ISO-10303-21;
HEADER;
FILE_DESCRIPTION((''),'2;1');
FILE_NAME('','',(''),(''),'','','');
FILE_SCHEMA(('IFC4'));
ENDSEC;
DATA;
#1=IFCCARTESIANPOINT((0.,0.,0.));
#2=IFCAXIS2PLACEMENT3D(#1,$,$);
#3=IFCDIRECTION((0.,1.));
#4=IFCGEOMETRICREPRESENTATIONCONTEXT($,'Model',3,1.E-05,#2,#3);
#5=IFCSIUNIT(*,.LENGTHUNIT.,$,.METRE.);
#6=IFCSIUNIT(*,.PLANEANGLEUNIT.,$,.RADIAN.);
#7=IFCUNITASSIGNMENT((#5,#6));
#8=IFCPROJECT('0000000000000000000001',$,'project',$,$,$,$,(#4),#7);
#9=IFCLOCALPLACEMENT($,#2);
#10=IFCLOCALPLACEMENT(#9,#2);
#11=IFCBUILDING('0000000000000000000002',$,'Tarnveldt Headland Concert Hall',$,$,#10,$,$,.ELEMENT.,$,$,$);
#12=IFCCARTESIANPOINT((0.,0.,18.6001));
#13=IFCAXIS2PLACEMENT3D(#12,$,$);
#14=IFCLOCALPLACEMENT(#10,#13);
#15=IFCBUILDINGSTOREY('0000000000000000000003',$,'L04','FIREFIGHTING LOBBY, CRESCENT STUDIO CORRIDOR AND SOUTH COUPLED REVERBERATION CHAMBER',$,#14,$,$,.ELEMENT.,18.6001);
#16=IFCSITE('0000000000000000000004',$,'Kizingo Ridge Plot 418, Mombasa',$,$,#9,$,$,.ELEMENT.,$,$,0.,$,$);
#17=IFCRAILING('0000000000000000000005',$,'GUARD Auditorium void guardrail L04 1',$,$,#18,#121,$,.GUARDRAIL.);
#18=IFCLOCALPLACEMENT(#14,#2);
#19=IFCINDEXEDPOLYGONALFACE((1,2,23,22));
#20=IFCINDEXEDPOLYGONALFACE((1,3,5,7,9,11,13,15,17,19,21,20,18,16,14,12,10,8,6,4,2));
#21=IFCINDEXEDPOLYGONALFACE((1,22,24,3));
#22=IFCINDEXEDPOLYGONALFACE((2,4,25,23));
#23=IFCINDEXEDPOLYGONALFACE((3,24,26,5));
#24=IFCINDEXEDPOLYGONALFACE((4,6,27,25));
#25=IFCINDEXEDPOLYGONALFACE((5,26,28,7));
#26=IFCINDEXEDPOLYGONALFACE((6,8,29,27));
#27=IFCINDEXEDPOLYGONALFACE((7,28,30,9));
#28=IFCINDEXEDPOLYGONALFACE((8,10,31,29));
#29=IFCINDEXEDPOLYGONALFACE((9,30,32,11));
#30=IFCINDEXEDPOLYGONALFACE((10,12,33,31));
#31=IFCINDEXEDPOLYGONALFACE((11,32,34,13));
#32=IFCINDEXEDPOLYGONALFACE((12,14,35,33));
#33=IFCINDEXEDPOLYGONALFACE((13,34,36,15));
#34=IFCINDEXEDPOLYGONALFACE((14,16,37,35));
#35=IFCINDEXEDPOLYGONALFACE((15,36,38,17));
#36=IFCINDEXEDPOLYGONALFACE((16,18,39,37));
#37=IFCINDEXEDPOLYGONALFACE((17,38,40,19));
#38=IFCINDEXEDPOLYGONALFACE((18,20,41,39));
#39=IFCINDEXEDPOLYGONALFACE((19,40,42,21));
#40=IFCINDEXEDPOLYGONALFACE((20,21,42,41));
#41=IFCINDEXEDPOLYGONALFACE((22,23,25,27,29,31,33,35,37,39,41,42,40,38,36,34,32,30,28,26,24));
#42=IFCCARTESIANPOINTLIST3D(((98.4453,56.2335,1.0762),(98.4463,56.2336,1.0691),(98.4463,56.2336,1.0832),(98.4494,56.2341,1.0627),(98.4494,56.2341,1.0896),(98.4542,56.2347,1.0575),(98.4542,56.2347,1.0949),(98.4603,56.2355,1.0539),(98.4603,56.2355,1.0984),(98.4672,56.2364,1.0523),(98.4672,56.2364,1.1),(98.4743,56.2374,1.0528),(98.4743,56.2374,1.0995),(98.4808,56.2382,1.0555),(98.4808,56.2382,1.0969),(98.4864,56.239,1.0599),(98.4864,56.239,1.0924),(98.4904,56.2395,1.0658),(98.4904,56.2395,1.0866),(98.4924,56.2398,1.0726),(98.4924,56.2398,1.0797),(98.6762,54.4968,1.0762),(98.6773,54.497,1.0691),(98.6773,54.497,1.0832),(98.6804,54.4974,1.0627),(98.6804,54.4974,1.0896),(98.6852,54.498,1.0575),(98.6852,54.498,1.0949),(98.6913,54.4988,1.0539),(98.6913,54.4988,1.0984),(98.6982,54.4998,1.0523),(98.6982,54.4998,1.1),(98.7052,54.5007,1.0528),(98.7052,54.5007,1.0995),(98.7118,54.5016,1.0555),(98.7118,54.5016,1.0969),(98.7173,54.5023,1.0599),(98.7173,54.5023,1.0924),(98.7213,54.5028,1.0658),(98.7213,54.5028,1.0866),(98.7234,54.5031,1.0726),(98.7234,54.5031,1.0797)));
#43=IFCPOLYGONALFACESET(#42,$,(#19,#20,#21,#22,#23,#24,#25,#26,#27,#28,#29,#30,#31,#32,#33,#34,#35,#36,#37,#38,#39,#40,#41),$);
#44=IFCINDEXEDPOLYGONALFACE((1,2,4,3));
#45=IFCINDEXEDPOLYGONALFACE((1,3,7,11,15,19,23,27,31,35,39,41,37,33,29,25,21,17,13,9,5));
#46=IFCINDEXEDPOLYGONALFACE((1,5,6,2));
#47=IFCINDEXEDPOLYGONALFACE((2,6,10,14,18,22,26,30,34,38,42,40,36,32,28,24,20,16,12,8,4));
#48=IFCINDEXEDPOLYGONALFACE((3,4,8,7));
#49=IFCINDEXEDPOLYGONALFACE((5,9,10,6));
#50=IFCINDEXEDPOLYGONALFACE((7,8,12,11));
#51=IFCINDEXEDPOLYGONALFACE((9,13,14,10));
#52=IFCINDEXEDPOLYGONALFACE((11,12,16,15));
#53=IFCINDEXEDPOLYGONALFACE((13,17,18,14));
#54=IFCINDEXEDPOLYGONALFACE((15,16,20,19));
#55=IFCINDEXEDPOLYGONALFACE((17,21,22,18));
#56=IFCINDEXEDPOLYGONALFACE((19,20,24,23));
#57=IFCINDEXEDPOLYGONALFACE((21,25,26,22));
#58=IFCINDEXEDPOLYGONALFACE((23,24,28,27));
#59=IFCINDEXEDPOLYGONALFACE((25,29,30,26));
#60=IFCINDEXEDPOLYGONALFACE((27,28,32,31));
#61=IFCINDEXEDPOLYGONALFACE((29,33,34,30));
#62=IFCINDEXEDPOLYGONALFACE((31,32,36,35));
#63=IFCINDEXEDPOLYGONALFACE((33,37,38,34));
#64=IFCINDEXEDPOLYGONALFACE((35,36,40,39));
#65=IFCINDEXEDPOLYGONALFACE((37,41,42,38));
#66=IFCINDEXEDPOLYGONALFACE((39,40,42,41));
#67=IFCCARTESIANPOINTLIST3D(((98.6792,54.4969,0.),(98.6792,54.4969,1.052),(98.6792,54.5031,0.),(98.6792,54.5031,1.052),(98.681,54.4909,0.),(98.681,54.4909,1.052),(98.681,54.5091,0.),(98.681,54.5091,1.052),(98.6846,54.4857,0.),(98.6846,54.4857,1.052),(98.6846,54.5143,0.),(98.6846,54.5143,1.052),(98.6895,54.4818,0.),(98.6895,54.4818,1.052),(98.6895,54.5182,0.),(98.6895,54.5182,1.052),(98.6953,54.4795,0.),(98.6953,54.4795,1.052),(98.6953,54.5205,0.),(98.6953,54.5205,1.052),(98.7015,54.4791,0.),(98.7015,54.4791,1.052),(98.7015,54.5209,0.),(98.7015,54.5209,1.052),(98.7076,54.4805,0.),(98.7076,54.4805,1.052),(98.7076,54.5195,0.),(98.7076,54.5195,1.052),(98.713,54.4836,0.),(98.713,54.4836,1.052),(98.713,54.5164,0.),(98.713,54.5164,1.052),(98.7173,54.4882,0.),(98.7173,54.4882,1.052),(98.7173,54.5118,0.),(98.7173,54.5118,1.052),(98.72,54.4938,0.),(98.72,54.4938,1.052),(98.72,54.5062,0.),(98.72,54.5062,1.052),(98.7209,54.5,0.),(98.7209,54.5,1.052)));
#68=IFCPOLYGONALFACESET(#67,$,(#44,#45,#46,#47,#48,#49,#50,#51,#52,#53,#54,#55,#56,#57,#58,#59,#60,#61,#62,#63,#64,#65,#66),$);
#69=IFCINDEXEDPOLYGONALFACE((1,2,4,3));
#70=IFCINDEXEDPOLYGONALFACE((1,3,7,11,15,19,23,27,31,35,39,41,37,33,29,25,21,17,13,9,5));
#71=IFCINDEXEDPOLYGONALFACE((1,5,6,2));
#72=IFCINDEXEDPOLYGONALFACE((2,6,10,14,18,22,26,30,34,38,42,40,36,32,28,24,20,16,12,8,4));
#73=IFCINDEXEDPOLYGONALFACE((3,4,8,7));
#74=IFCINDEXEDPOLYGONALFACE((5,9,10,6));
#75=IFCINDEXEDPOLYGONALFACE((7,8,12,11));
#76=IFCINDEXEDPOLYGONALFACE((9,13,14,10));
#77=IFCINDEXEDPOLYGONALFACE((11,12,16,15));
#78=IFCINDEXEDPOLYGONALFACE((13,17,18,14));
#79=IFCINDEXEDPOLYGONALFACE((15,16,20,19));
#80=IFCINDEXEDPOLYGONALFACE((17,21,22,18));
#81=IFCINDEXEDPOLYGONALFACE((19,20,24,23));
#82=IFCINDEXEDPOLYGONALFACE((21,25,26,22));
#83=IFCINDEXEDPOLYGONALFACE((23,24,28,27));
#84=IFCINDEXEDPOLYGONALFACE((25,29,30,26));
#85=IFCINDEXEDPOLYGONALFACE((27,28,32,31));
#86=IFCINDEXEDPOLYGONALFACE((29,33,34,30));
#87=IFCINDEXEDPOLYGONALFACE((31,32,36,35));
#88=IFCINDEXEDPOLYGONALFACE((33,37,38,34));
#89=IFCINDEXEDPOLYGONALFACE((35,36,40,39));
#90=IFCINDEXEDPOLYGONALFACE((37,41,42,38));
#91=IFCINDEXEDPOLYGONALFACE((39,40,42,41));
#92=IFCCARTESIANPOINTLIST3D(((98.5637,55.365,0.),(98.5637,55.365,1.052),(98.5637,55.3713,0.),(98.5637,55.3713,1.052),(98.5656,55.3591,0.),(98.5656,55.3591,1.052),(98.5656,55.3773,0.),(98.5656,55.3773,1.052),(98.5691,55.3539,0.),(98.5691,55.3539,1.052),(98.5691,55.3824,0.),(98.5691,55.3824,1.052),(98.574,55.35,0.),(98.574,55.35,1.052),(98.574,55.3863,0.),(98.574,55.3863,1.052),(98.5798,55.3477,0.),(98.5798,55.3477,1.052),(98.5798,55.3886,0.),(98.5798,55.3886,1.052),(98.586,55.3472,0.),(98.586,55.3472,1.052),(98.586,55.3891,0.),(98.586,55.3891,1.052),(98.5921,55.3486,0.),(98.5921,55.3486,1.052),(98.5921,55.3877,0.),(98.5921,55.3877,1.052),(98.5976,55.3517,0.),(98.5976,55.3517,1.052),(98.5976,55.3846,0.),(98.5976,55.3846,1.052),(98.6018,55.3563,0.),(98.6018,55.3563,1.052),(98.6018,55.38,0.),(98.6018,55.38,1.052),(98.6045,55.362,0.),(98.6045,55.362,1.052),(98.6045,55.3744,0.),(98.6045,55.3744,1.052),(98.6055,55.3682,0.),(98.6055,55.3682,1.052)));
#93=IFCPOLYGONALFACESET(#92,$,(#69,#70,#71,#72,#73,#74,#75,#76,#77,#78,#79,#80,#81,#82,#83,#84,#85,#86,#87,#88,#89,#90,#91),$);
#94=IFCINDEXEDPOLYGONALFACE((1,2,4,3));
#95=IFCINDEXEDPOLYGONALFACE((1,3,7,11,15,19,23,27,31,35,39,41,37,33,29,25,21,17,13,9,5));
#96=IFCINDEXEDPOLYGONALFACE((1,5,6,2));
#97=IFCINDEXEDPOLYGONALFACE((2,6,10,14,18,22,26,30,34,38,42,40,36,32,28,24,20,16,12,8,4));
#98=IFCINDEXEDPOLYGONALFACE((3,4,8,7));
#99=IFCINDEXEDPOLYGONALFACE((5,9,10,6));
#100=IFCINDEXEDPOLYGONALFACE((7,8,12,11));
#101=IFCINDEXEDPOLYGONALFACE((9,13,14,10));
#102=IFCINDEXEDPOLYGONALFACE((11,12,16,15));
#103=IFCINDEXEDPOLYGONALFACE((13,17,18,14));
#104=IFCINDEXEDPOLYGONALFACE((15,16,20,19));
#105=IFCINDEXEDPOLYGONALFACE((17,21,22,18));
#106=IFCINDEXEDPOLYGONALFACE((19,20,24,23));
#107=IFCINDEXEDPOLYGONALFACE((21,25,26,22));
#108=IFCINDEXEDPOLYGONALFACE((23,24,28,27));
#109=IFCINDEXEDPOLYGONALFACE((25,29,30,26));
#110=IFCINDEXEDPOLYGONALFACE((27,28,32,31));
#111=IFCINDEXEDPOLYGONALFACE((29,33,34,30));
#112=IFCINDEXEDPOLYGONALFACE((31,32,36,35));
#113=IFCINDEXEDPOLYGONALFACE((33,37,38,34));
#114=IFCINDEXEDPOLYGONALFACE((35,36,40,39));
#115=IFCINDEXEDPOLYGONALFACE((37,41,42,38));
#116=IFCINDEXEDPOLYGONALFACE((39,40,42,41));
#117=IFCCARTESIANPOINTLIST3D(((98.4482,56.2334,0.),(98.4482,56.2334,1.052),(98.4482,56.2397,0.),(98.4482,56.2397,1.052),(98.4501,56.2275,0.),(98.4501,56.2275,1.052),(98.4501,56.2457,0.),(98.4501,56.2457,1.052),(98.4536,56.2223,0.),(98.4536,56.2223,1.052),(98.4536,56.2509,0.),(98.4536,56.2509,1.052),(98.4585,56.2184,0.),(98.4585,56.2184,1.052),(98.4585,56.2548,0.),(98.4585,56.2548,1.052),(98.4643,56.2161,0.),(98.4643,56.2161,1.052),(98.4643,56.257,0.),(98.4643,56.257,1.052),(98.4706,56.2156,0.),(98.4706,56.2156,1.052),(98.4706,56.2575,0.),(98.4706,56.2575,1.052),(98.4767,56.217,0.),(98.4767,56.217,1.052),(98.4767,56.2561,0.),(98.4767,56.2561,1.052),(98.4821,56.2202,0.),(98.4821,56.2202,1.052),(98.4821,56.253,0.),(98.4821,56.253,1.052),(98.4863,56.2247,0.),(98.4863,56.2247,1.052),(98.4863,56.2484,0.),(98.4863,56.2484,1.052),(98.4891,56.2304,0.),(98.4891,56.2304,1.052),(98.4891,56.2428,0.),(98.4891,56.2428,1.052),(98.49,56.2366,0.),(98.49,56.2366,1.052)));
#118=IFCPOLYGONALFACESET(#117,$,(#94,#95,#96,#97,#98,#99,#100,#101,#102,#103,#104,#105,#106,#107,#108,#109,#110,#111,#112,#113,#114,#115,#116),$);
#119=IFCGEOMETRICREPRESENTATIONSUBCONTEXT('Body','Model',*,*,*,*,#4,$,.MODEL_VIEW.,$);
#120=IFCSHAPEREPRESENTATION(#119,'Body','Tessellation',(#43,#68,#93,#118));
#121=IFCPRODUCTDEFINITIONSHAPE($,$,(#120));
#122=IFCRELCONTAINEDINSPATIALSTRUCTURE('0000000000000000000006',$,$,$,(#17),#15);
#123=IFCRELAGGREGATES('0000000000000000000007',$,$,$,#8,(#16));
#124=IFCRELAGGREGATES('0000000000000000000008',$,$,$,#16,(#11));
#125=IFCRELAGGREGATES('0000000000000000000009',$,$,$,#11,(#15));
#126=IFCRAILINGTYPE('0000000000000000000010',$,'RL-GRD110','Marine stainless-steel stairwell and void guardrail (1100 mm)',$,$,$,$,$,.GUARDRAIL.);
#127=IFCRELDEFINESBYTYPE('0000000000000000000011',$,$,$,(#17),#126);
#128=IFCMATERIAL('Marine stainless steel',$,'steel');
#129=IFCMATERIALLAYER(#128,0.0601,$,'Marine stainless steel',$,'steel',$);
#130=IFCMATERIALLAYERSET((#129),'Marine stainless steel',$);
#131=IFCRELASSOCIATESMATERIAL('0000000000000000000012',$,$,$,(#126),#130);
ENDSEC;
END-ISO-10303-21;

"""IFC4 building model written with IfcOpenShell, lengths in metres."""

from ifc_helpers import new_model, si_unit, direction, frame, origin, origin_2d, place, context, subcontext, project, spatial, circle, extrude, material, layer, layer_set, type_object, element, save


model = new_model("IFC4")

# Units and contexts
model_context = context("Model", 3, precision=1e-05, world=origin(), true_north=direction((0.0, 1.0)))
body_context = subcontext(model_context, "Body", "Model", "MODEL_VIEW")
ifc_project = project(units=[si_unit("LENGTHUNIT", "METRE"), si_unit("PLANEANGLEUNIT", "RADIAN")], contexts=[model_context])

# Site, building, storey
site_placement = place(None, origin())
site = spatial("IfcSite", under=ifc_project, at=site_placement, Name="Kizingo Ridge Plot 418, Mombasa", CompositionType="ELEMENT", RefElevation=0.0)
building_placement = place(site_placement, origin())
building = spatial("IfcBuilding", under=site, at=building_placement, Name="Tarnveldt Headland Concert Hall", CompositionType="ELEMENT")
storey_placement = place(building_placement, frame((0.0, 0.0, 18.6001)))
storey = spatial("IfcBuildingStorey", under=building, at=storey_placement, Name="L04", Description="FIREFIGHTING LOBBY, CRESCENT STUDIO CORRIDOR AND SOUTH COUPLED REVERBERATION CHAMBER", CompositionType="ELEMENT", Elevation=18.6001)

# Railing
ifc_material_1 = material(Name="Marine stainless steel", Category="steel")
ifc_layer_1 = layer(ifc_material_1, 0.0601, Name="Marine stainless steel", Category="steel")
ifc_layer_set_1 = layer_set([ifc_layer_1], Name="Marine stainless steel")
railing_type = type_object("IfcRailingType", Name="RL-GRD110", Description="Marine stainless-steel stairwell and void guardrail (1100 mm)", PredefinedType="GUARDRAIL", material=ifc_layer_set_1)
railing_1_placement = place(storey_placement, frame((98.7, 54.5, 0.0)))
element("IfcRailing", 1, at=railing_1_placement, inside=storey, type_object=railing_type, Name="GUARD Auditorium void guardrail L04 1", PredefinedType="GUARDRAIL", context=body_context, shape_type="SweptSolid", body=[
    extrude(circle(Radius=0.0239, at=origin_2d()), frame((0.0, 0.0, 1.0762), z_axis=(-0.131835, 0.991272, 0.0), x_axis=(-0.991272, -0.131835, 0.0)), (0.0, 0.0, 1.0), 1.752),
    extrude(circle(Radius=0.021, at=origin_2d()), origin(), (0.0, 0.0, 1.0), 1.052),
    extrude(circle(Radius=0.021, at=origin_2d()), frame((-0.1155, 0.8682, 0.0)), (0.0, 0.0, 1.0), 1.052),
    extrude(circle(Radius=0.021, at=origin_2d()), frame((-0.231, 1.7366, 0.0)), (0.0, 0.0, 1.0), 1.052),
])

save(model, "model.ifc")
